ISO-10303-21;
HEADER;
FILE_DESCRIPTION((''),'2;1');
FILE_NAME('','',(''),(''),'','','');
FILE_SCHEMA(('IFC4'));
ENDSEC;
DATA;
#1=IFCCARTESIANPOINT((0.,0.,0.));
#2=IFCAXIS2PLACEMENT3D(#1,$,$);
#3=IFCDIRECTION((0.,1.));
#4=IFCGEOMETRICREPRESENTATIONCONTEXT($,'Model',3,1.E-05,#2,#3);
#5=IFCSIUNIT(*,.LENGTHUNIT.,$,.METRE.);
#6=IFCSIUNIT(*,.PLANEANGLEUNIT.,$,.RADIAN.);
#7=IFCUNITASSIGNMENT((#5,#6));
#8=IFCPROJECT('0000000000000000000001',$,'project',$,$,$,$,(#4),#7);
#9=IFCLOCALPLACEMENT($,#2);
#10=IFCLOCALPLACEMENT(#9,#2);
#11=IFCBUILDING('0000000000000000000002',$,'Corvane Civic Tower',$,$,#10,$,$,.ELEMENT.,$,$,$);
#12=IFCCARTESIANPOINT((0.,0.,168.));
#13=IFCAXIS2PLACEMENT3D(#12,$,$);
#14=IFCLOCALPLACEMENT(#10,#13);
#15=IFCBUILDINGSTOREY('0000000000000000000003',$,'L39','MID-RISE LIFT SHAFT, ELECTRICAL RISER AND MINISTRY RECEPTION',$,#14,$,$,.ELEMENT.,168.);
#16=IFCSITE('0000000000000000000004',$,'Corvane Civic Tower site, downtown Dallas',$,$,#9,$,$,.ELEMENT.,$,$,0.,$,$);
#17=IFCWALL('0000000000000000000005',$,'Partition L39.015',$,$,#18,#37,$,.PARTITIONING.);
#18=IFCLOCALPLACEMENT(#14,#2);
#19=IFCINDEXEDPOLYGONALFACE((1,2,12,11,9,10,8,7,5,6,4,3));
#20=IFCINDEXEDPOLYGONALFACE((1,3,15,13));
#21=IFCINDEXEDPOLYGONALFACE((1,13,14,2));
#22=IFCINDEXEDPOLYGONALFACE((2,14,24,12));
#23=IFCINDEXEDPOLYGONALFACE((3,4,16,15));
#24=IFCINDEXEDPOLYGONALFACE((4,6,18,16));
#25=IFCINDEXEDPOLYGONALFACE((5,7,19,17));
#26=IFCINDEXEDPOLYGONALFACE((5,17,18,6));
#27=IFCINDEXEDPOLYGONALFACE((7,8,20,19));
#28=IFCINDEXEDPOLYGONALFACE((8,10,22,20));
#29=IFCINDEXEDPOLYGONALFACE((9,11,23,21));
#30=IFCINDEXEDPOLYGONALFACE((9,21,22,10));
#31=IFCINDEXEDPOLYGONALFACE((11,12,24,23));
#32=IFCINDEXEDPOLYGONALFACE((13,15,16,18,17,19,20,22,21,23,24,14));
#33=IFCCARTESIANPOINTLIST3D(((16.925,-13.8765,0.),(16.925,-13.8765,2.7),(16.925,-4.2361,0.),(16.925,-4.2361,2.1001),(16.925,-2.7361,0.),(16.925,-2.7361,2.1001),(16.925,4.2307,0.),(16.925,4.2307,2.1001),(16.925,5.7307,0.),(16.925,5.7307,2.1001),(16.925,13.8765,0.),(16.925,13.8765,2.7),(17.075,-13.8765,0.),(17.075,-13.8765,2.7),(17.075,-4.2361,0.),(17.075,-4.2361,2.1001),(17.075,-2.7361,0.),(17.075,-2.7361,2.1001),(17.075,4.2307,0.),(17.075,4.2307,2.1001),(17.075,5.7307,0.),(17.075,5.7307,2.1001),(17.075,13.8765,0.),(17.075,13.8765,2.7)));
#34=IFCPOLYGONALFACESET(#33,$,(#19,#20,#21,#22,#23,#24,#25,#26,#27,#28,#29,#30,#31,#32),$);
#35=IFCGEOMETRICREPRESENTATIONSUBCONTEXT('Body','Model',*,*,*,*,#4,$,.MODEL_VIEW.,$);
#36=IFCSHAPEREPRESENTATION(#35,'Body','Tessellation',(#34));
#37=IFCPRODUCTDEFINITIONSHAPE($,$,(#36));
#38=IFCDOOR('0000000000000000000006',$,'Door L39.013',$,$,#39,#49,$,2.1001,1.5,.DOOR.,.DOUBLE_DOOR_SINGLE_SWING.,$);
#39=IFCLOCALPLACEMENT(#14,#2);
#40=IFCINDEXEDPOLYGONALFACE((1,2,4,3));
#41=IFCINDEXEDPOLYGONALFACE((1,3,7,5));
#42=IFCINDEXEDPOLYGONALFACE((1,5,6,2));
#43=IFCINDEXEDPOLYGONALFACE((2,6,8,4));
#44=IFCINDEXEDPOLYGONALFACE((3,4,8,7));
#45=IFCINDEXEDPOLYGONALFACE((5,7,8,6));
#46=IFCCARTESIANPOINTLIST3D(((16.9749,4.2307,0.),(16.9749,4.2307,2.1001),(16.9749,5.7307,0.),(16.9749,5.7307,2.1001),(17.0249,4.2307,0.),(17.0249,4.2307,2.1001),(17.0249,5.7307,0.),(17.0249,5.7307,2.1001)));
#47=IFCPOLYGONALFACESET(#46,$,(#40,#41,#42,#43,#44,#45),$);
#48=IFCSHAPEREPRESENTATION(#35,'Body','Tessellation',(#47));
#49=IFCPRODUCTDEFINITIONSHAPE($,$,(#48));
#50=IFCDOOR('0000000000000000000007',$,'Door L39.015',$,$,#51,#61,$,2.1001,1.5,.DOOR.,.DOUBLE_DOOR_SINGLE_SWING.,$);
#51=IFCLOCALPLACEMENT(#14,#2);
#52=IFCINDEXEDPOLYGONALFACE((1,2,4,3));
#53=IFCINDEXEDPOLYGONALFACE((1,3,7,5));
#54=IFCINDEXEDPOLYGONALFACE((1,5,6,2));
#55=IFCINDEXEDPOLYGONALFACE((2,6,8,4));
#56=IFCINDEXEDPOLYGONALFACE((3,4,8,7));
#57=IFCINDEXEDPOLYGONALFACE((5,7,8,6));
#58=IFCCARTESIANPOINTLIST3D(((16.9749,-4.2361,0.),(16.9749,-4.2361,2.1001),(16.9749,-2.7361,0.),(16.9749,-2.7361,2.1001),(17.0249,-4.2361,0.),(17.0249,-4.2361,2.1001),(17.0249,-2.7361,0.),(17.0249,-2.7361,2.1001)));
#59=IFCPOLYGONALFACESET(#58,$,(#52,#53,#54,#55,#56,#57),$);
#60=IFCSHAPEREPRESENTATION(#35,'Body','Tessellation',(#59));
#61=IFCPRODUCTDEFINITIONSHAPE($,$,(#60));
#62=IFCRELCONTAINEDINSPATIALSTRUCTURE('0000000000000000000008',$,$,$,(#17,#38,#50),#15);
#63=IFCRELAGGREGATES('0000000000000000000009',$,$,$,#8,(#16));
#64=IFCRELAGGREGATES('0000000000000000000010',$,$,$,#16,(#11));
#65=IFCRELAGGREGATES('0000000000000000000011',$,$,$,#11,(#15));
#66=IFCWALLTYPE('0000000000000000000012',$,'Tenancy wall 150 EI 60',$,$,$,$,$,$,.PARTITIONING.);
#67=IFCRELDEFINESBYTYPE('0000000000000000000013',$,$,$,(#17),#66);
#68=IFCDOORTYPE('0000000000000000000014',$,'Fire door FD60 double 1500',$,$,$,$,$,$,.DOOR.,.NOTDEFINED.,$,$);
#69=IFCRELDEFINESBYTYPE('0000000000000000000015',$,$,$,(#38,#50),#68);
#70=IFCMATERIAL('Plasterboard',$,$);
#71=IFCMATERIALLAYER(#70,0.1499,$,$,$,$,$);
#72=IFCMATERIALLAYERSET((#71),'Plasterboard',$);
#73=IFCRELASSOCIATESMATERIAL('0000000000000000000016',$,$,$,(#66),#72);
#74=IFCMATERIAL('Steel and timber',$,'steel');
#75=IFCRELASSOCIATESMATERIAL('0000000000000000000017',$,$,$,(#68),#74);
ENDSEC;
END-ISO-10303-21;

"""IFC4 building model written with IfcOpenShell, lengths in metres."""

from ifc_helpers import new_model, si_unit, direction, frame, frame_2d, origin, place, context, subcontext, project, spatial, rectangle, extrude, material, layer, layer_set, type_object, element, fill, save


model = new_model("IFC4")

# Units and contexts
model_context = context("Model", 3, precision=1e-05, world=origin(), true_north=direction((0.0, 1.0)))
body_context = subcontext(model_context, "Body", "Model", "MODEL_VIEW")
ifc_project = project(units=[si_unit("LENGTHUNIT", "METRE"), si_unit("PLANEANGLEUNIT", "RADIAN")], contexts=[model_context])

# Site, building, storey
site_placement = place(None, origin())
site = spatial("IfcSite", under=ifc_project, at=site_placement, Name="Corvane Civic Tower site, downtown Dallas", CompositionType="ELEMENT", RefElevation=0.0)
building_placement = place(site_placement, origin())
building = spatial("IfcBuilding", under=site, at=building_placement, Name="Corvane Civic Tower", CompositionType="ELEMENT")
storey_placement = place(building_placement, frame((0.0, 0.0, 168.0)))
storey = spatial("IfcBuildingStorey", under=building, at=storey_placement, Name="L39", Description="MID-RISE LIFT SHAFT, ELECTRICAL RISER AND MINISTRY RECEPTION", CompositionType="ELEMENT", Elevation=168.0)

# Wall, openings, doors
ifc_material_1 = material(Name="Plasterboard")
ifc_layer_1 = layer(ifc_material_1, 0.1499)
ifc_layer_set_1 = layer_set([ifc_layer_1], Name="Plasterboard")
wall_type_1 = type_object("IfcWallType", Name="Tenancy wall 150 EI 60", PredefinedType="PARTITIONING", material=ifc_layer_set_1)
wall_1_placement = place(storey_placement, frame((17.0, -13.8765, 0.0), z_axis=(0.0, 0.0, 1.0), x_axis=(0.0, 1.0, 0.0)))
wall_1 = element("IfcWall", 1, at=wall_1_placement, inside=storey, type_object=wall_type_1, Name="Partition L39.015", PredefinedType="PARTITIONING", context=body_context, shape_type="SweptSolid", body=[
    extrude(rectangle(XDim=27.7529, YDim=0.1499, at=frame_2d((13.8765, 0.0))), origin(), (0.0, 0.0, 1.0), 2.7),
])
opening_1_placement = place(wall_1_placement, frame((18.1072, 0.0, 0.0)))
opening_1 = element("IfcOpeningElement", 2, at=opening_1_placement, cuts=wall_1, PredefinedType="OPENING", context=body_context, shape_type="SweptSolid", body=[
    extrude(rectangle(XDim=1.5, YDim=2.1001, at=frame_2d((0.75, 1.05))), frame((0.0, 0.085, 0.0), z_axis=(0.0, -1.0, 0.0), x_axis=(1.0, 0.0, 0.0)), (0.0, 0.0, 1.0), 0.1699),
])
opening_2_placement = place(wall_1_placement, frame((9.6404, 0.0, 0.0)))
opening_2 = element("IfcOpeningElement", 3, at=opening_2_placement, cuts=wall_1, PredefinedType="OPENING", context=body_context, shape_type="SweptSolid", body=[
    extrude(rectangle(XDim=1.5, YDim=2.1001, at=frame_2d((0.75, 1.05))), frame((0.0, 0.085, 0.0), z_axis=(0.0, -1.0, 0.0), x_axis=(1.0, 0.0, 0.0)), (0.0, 0.0, 1.0), 0.1699),
])
ifc_material_2 = material(Name="Steel and timber", Category="steel")
door_type_1 = type_object("IfcDoorType", Name="Fire door FD60 double 1500", OperationType="NOTDEFINED", PredefinedType="DOOR", material=ifc_material_2)
door_1_placement = place(opening_1_placement, frame((1.5, 0.0, 0.0), z_axis=(0.0, 0.0, 1.0), x_axis=(-1.0, 0.0, 0.0)))
door_1 = element("IfcDoor", 4, at=door_1_placement, inside=storey, type_object=door_type_1, Name="Door L39.013", OperationType="DOUBLE_DOOR_SINGLE_SWING", OverallHeight=2.1001, OverallWidth=1.5, PredefinedType="DOOR", context=body_context, shape_type="SweptSolid", body=[
    extrude(rectangle(XDim=1.5, YDim=2.1001, at=frame_2d((0.75, 1.05))), frame((0.0, 0.0249, 0.0), z_axis=(0.0, -1.0, 0.0), x_axis=(1.0, 0.0, 0.0)), (0.0, 0.0, 1.0), 0.05),
])
fill(opening_1, door_1)
door_2_placement = place(opening_2_placement, frame((1.5, 0.0, 0.0), z_axis=(0.0, 0.0, 1.0), x_axis=(-1.0, 0.0, 0.0)))
door_2 = element("IfcDoor", 5, at=door_2_placement, inside=storey, type_object=door_type_1, Name="Door L39.015", OperationType="DOUBLE_DOOR_SINGLE_SWING", OverallHeight=2.1001, OverallWidth=1.5, PredefinedType="DOOR", context=body_context, shape_type="SweptSolid", body=[
    extrude(rectangle(XDim=1.5, YDim=2.1001, at=frame_2d((0.75, 1.05))), frame((0.0, 0.0249, 0.0), z_axis=(0.0, -1.0, 0.0), x_axis=(1.0, 0.0, 0.0)), (0.0, 0.0, 1.0), 0.05),
])
fill(opening_2, door_2)

save(model, "model.ifc")
